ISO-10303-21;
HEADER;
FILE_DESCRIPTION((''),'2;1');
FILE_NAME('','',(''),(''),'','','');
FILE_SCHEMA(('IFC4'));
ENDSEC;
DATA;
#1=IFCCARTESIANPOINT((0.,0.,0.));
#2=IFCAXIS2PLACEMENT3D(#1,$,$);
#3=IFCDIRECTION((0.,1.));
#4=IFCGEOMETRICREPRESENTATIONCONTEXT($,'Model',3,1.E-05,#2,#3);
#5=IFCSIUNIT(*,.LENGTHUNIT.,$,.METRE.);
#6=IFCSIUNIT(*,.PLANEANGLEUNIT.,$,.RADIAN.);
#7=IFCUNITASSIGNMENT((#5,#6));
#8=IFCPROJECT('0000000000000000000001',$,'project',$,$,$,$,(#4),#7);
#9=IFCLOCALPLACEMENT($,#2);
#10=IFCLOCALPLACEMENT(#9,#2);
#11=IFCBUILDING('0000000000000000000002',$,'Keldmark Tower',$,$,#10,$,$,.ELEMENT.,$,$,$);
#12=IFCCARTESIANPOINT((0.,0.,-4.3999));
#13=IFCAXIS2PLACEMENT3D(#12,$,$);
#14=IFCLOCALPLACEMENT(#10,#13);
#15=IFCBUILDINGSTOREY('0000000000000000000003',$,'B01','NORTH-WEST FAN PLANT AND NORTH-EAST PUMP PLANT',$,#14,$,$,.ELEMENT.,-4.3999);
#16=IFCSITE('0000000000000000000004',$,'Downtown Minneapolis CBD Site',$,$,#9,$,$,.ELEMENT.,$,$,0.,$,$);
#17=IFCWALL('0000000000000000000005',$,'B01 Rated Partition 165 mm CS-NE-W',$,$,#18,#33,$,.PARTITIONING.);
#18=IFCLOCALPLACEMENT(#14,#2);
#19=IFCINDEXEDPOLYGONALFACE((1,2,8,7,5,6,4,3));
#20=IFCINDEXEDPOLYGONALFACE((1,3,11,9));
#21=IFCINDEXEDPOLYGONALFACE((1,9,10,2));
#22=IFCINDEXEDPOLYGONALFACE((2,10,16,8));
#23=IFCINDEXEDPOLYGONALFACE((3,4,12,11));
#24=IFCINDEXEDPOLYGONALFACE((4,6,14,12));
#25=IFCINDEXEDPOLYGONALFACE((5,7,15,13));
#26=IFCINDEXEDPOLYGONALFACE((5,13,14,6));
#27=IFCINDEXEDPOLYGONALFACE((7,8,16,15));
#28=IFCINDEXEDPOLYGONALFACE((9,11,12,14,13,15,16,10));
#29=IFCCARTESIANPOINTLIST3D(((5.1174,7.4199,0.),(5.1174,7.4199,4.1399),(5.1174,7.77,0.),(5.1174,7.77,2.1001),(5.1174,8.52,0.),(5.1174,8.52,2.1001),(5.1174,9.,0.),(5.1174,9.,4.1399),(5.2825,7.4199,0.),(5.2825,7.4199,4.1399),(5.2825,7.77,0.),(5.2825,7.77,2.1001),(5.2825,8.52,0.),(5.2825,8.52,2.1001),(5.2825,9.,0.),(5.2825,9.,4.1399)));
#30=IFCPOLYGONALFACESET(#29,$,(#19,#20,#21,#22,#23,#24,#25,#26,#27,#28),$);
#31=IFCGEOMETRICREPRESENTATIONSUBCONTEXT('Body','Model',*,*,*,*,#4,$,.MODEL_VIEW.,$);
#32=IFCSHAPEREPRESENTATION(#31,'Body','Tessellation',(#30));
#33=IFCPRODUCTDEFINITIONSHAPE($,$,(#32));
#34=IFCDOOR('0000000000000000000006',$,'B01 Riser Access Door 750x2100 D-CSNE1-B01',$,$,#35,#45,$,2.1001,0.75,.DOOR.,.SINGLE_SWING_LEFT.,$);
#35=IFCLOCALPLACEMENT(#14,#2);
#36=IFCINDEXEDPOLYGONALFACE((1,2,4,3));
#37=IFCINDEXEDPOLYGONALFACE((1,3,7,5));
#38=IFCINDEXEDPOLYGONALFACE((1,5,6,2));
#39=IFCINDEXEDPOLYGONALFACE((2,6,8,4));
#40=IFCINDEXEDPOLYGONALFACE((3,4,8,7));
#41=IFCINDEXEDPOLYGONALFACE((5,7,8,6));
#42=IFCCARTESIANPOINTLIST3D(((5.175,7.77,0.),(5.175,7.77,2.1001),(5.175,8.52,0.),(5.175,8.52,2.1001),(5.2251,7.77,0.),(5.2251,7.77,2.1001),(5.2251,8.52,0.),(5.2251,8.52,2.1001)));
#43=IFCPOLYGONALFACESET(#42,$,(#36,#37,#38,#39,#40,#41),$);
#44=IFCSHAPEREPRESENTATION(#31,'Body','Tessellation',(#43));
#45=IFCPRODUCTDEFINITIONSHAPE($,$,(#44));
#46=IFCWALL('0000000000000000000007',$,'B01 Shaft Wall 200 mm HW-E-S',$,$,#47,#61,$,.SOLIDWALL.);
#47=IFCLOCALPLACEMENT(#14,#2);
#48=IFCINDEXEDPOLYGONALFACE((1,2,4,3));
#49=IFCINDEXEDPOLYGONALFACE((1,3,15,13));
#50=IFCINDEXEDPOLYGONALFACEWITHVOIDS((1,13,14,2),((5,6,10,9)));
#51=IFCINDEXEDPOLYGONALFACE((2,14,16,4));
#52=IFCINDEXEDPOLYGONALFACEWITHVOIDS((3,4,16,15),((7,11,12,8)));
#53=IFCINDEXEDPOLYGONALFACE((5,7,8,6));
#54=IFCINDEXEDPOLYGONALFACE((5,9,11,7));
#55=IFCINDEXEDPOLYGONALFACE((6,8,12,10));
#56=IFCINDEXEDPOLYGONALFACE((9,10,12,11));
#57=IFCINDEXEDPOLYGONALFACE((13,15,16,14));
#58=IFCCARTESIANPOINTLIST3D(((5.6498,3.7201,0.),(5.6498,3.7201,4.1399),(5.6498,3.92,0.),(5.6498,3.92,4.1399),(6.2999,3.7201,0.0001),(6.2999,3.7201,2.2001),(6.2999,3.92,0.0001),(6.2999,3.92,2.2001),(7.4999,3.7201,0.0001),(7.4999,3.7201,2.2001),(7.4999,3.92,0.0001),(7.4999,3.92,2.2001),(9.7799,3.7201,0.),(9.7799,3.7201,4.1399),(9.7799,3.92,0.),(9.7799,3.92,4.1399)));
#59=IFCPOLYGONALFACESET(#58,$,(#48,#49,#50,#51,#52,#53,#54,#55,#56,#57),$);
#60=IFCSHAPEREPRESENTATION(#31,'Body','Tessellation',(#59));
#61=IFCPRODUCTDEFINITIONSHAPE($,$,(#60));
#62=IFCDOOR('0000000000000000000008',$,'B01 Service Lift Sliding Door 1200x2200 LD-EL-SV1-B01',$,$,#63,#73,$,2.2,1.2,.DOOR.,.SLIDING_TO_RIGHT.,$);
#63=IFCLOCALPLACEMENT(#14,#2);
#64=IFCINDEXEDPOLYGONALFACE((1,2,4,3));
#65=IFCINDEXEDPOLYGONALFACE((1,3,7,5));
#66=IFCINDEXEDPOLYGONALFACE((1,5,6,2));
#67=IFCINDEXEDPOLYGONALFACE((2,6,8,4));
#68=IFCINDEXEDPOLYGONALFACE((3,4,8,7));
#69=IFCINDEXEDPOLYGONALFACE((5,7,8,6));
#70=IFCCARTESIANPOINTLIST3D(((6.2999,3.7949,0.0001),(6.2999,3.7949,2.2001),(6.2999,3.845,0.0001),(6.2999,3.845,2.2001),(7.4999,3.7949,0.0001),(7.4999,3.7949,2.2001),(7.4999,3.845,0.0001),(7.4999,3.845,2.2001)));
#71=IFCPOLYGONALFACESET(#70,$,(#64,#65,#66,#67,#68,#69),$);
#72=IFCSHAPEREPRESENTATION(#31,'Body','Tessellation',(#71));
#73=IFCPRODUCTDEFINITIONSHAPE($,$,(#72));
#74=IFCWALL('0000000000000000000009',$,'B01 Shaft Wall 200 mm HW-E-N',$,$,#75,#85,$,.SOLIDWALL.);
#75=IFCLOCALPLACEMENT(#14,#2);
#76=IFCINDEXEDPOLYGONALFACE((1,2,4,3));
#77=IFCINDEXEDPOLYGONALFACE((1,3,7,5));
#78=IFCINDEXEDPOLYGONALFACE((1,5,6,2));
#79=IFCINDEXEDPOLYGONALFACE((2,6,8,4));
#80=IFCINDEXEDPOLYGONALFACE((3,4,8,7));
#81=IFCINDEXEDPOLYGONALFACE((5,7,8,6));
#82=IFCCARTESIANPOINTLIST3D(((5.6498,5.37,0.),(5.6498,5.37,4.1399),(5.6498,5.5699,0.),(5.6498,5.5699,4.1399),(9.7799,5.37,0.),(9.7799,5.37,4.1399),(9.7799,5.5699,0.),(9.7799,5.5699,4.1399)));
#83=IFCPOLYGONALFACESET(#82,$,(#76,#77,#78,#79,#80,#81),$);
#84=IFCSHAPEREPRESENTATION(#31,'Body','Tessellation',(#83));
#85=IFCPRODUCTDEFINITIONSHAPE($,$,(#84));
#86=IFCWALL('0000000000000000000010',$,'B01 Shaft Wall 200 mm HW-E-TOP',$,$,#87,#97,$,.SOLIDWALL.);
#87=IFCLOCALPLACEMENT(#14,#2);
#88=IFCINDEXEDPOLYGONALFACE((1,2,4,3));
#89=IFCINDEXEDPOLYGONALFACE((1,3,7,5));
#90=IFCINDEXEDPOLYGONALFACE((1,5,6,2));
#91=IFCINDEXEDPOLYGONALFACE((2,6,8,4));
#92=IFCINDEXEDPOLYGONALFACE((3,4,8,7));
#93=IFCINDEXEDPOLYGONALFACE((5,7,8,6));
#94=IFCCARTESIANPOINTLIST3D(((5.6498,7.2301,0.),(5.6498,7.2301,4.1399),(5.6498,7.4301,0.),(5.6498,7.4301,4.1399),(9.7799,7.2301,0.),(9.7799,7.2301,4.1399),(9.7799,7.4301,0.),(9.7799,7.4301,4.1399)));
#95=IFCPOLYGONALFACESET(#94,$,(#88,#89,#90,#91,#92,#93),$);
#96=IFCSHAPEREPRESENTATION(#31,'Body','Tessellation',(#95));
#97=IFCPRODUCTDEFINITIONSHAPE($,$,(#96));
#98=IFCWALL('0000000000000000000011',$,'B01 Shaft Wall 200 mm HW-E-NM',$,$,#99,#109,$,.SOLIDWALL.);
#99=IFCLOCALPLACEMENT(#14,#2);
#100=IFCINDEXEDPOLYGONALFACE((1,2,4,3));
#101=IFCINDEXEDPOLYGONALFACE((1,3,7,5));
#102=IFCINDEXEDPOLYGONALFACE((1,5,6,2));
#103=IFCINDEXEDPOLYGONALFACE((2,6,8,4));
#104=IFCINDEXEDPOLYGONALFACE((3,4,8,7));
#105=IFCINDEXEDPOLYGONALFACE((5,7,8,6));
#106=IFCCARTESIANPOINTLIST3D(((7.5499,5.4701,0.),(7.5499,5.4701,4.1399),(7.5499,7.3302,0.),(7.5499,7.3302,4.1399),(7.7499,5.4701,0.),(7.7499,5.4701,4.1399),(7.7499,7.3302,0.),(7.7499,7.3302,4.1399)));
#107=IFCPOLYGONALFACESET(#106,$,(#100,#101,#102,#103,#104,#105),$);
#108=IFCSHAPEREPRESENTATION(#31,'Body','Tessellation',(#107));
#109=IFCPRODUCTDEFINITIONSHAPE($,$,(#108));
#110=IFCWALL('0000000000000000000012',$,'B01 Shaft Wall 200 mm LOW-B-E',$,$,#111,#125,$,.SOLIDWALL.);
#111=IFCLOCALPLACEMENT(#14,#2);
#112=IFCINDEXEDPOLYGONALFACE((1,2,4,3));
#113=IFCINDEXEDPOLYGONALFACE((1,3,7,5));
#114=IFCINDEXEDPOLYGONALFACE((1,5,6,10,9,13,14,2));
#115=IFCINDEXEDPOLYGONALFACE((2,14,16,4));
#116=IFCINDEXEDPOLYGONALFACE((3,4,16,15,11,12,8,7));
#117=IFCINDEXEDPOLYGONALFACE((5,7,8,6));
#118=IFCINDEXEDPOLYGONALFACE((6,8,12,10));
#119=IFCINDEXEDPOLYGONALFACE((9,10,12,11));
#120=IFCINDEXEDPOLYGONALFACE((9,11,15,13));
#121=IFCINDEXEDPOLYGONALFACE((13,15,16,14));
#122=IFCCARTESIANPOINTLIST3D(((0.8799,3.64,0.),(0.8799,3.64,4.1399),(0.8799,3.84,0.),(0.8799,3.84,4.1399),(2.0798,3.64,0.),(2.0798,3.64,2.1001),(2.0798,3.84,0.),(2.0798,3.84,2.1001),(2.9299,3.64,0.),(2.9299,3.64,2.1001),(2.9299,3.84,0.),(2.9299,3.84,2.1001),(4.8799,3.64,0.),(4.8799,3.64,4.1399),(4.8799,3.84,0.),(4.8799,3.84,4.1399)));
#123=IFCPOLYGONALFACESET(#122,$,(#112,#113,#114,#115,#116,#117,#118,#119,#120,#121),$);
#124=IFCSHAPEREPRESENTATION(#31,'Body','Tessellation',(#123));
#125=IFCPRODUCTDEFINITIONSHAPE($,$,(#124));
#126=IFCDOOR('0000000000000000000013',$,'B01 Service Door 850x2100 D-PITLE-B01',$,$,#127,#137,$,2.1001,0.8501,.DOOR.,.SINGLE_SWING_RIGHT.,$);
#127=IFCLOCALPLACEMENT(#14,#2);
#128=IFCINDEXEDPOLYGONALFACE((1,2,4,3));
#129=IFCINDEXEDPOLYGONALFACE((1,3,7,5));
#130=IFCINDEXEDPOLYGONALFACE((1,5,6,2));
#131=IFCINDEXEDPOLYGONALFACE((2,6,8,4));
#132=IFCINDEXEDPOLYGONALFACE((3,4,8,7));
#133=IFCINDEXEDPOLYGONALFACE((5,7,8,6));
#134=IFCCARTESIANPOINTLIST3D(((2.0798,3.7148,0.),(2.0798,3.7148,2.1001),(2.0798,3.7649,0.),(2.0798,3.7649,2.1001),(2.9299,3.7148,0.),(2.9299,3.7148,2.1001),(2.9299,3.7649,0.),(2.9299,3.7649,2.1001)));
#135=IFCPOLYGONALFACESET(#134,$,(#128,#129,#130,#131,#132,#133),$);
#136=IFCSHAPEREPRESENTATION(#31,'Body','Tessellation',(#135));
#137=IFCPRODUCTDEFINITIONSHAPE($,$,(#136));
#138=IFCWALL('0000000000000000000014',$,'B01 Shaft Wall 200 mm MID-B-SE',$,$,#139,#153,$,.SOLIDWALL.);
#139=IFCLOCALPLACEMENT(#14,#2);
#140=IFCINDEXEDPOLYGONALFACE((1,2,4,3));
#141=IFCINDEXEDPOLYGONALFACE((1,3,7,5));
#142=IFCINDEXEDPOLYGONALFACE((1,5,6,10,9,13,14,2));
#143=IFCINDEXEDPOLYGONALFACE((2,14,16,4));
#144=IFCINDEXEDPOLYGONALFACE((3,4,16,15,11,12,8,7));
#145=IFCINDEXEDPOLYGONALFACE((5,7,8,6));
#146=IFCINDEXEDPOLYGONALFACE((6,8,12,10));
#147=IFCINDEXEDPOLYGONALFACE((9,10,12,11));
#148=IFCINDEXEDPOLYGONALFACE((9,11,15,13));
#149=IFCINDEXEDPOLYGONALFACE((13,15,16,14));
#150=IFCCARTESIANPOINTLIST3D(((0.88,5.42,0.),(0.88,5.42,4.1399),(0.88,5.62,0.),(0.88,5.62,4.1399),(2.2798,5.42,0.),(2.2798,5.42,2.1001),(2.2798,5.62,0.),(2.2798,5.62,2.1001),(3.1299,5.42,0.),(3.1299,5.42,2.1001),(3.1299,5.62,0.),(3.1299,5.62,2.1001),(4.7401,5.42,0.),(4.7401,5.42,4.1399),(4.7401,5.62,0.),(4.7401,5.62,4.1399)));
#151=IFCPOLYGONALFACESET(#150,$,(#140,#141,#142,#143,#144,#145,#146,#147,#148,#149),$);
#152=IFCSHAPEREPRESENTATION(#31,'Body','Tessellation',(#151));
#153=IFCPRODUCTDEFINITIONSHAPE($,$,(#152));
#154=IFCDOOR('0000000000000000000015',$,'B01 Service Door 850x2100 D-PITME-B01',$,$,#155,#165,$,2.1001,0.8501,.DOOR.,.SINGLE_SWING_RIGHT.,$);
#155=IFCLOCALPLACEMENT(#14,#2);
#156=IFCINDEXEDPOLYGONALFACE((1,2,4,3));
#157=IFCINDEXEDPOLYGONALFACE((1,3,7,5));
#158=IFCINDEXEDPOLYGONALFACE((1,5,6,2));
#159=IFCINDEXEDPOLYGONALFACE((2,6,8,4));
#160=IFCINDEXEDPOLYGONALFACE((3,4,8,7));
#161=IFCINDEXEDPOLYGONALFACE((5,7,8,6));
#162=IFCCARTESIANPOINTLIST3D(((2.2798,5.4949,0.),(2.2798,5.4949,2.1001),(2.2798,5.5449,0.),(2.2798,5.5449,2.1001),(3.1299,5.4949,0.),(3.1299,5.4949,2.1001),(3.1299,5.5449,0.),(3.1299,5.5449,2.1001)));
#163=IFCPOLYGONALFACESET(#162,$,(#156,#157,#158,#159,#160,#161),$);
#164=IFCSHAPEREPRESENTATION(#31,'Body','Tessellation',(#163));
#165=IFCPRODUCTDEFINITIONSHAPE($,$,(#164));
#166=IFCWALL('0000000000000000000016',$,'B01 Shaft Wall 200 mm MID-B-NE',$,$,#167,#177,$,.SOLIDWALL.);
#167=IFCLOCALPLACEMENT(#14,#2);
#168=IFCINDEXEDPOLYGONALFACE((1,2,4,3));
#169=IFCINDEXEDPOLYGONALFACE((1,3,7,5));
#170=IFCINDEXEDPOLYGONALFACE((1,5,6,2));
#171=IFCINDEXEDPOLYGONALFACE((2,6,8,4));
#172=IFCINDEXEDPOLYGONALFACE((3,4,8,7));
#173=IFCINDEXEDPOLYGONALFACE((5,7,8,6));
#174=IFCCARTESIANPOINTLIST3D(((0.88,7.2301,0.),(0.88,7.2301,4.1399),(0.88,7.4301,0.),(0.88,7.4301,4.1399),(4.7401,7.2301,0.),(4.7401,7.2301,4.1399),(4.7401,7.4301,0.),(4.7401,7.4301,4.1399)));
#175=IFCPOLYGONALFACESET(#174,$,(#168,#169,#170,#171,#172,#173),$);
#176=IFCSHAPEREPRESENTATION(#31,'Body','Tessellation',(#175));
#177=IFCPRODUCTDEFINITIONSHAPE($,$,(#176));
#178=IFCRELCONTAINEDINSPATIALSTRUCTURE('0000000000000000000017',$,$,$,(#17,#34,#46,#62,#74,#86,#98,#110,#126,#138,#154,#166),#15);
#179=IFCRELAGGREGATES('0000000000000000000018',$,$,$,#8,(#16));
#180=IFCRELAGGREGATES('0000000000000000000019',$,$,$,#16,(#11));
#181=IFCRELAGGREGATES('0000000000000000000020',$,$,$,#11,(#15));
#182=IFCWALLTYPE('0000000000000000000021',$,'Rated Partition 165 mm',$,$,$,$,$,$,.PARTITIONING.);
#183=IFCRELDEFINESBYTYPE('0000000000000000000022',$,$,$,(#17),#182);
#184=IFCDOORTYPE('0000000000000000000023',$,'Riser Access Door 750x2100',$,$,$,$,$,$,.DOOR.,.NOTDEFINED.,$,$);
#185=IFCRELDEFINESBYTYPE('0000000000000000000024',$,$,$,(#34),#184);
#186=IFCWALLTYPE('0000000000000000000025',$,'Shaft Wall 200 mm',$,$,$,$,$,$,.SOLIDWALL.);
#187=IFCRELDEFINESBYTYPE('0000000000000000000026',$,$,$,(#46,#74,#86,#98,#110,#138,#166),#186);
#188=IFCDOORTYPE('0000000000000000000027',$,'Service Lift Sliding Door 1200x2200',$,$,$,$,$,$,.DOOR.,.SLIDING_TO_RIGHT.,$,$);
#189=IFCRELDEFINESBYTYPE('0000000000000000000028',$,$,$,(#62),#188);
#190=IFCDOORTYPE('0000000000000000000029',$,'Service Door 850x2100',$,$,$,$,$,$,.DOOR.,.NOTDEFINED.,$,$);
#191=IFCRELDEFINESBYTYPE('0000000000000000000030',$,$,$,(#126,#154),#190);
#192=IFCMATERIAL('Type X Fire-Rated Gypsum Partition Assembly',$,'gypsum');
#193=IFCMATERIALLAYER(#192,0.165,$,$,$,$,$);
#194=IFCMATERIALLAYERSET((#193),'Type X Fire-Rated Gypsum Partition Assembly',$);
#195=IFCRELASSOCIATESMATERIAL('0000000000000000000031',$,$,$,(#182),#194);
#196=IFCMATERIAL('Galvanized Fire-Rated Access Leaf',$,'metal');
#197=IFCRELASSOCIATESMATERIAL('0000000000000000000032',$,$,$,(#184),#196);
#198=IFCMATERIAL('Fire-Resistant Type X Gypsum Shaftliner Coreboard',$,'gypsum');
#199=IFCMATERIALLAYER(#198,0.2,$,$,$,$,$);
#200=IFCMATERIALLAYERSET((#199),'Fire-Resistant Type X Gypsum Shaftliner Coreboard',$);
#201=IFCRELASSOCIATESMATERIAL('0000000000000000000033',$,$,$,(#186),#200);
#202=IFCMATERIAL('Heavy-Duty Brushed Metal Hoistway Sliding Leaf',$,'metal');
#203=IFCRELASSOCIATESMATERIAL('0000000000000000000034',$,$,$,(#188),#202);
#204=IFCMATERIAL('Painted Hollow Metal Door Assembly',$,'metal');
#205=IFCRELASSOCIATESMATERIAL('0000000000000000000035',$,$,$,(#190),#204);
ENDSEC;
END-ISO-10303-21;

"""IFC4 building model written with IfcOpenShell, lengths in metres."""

from ifc_helpers import new_model, si_unit, direction, frame, frame_2d, origin, place, context, subcontext, project, spatial, rectangle, extrude, material, layer, layer_set, type_object, element, fill, save


model = new_model("IFC4")

# Units and contexts
model_context = context("Model", 3, precision=1e-05, world=origin(), true_north=direction((0.0, 1.0)))
body_context = subcontext(model_context, "Body", "Model", "MODEL_VIEW")
ifc_project = project(units=[si_unit("LENGTHUNIT", "METRE"), si_unit("PLANEANGLEUNIT", "RADIAN")], contexts=[model_context])

# Site, building, storey
site_placement = place(None, origin())
site = spatial("IfcSite", under=ifc_project, at=site_placement, Name="Downtown Minneapolis CBD Site", CompositionType="ELEMENT", RefElevation=0.0)
building_placement = place(site_placement, origin())
building = spatial("IfcBuilding", under=site, at=building_placement, Name="Keldmark Tower", CompositionType="ELEMENT")
storey_placement = place(building_placement, frame((0.0, 0.0, -4.3999)))
storey = spatial("IfcBuildingStorey", under=building, at=storey_placement, Name="B01", Description="NORTH-WEST FAN PLANT AND NORTH-EAST PUMP PLANT", CompositionType="ELEMENT", Elevation=-4.3999)

# Walls, openings, doors
ifc_material_1 = material(Name="Type X Fire-Rated Gypsum Partition Assembly", Category="gypsum")
ifc_layer_1 = layer(ifc_material_1, 0.165)
ifc_layer_set_1 = layer_set([ifc_layer_1], Name="Type X Fire-Rated Gypsum Partition Assembly")
wall_type_1 = type_object("IfcWallType", Name="Rated Partition 165 mm", PredefinedType="PARTITIONING", material=ifc_layer_set_1)
wall_1_placement = place(storey_placement, frame((5.2, 7.4199, 0.0), z_axis=(0.0, 0.0, 1.0), x_axis=(0.0, 1.0, 0.0)))
wall_1 = element("IfcWall", 1, at=wall_1_placement, inside=storey, type_object=wall_type_1, Name="B01 Rated Partition 165 mm CS-NE-W", PredefinedType="PARTITIONING", context=body_context, shape_type="SweptSolid", body=[
    extrude(rectangle(XDim=1.5801, YDim=0.165, at=frame_2d((0.79, 0.0))), origin(), (0.0, 0.0, 1.0), 4.1399),
])
opening_1_placement = place(wall_1_placement, frame((0.3501, 0.0, 0.0)))
opening_1 = element("IfcOpeningElement", 2, at=opening_1_placement, cuts=wall_1, PredefinedType="OPENING", context=body_context, shape_type="SweptSolid", body=[
    extrude(rectangle(XDim=0.75, YDim=2.1001, at=frame_2d((0.375, 1.05))), frame((0.0, 0.0925, 0.0), z_axis=(0.0, -1.0, 0.0), x_axis=(1.0, 0.0, 0.0)), (0.0, 0.0, 1.0), 0.1851),
])
ifc_material_2 = material(Name="Galvanized Fire-Rated Access Leaf", Category="metal")
door_type_1 = type_object("IfcDoorType", Name="Riser Access Door 750x2100", OperationType="NOTDEFINED", PredefinedType="DOOR", material=ifc_material_2)
door_1_placement = place(opening_1_placement, origin())
door_1 = element("IfcDoor", 3, at=door_1_placement, inside=storey, type_object=door_type_1, Name="B01 Riser Access Door 750x2100 D-CSNE1-B01", OperationType="SINGLE_SWING_LEFT", OverallHeight=2.1001, OverallWidth=0.75, PredefinedType="DOOR", context=body_context, shape_type="SweptSolid", body=[
    extrude(rectangle(XDim=0.75, YDim=2.1001, at=frame_2d((0.375, 1.05))), frame((0.0, 0.0249, 0.0), z_axis=(0.0, -1.0, 0.0), x_axis=(1.0, 0.0, 0.0)), (0.0, 0.0, 1.0), 0.05),
])
fill(opening_1, door_1)
ifc_material_3 = material(Name="Fire-Resistant Type X Gypsum Shaftliner Coreboard", Category="gypsum")
ifc_layer_2 = layer(ifc_material_3, 0.2)
ifc_layer_set_2 = layer_set([ifc_layer_2], Name="Fire-Resistant Type X Gypsum Shaftliner Coreboard")
wall_type_2 = type_object("IfcWallType", Name="Shaft Wall 200 mm", PredefinedType="SOLIDWALL", material=ifc_layer_set_2)
wall_2_placement = place(storey_placement, frame((5.6499, 3.8201, 0.0), z_axis=(0.0, 0.0, 1.0), x_axis=(1.0, 0.0, 0.0)))
wall_2 = element("IfcWall", 4, at=wall_2_placement, inside=storey, type_object=wall_type_2, Name="B01 Shaft Wall 200 mm HW-E-S", PredefinedType="SOLIDWALL", context=body_context, shape_type="SweptSolid", body=[
    extrude(rectangle(XDim=4.1301, YDim=0.2, at=frame_2d((2.0649, 0.0))), origin(), (0.0, 0.0, 1.0), 4.1399),
])
opening_2_placement = place(wall_2_placement, frame((0.6499, 0.0, 0.0)))
opening_2 = element("IfcOpeningElement", 5, at=opening_2_placement, cuts=wall_2, PredefinedType="OPENING", context=body_context, shape_type="SweptSolid", body=[
    extrude(rectangle(XDim=1.2, YDim=2.2, at=frame_2d((0.6001, 1.1001))), frame((0.0, 0.1099, 0.0), z_axis=(0.0, -1.0, 0.0), x_axis=(1.0, 0.0, 0.0)), (0.0, 0.0, 1.0), 0.22),
])
ifc_material_4 = material(Name="Heavy-Duty Brushed Metal Hoistway Sliding Leaf", Category="metal")
door_type_2 = type_object("IfcDoorType", Name="Service Lift Sliding Door 1200x2200", OperationType="SLIDING_TO_RIGHT", PredefinedType="DOOR", material=ifc_material_4)
door_2_placement = place(opening_2_placement, origin())
door_2 = element("IfcDoor", 6, at=door_2_placement, inside=storey, type_object=door_type_2, Name="B01 Service Lift Sliding Door 1200x2200 LD-EL-SV1-B01", OperationType="SLIDING_TO_RIGHT", OverallHeight=2.2, OverallWidth=1.2, PredefinedType="DOOR", context=body_context, shape_type="SweptSolid", body=[
    extrude(rectangle(XDim=1.2, YDim=2.2, at=frame_2d((0.6001, 1.1001))), frame((0.0, 0.0249, 0.0), z_axis=(0.0, -1.0, 0.0), x_axis=(1.0, 0.0, 0.0)), (0.0, 0.0, 1.0), 0.05),
])
fill(opening_2, door_2)

# Walls
for number, where, z_axis, x_axis, name in (
    (7, (5.6499, 5.47, 0.0), (0.0, 0.0, 1.0), (1.0, 0.0, 0.0), "B01 Shaft Wall 200 mm HW-E-N"),
    (8, (5.6499, 7.3301, 0.0), (0.0, 0.0, 1.0), (1.0, 0.0, 0.0), "B01 Shaft Wall 200 mm HW-E-TOP"),
):
    element("IfcWall", number, at=place(storey_placement, frame(where, z_axis=z_axis, x_axis=x_axis)), inside=storey, type_object=wall_type_2, Name=name, PredefinedType="SOLIDWALL", context=body_context, shape_type="SweptSolid", body=[
        extrude(rectangle(XDim=4.1301, YDim=0.2, at=frame_2d((2.0649, 0.0))), origin(), (0.0, 0.0, 1.0), 4.1399),
    ])
wall_3_placement = place(storey_placement, frame((7.6499, 5.47, 0.0), z_axis=(0.0, 0.0, 1.0), x_axis=(0.0, 1.0, 0.0)))
element("IfcWall", 9, at=wall_3_placement, inside=storey, type_object=wall_type_2, Name="B01 Shaft Wall 200 mm HW-E-NM", PredefinedType="SOLIDWALL", context=body_context, shape_type="SweptSolid", body=[
    extrude(rectangle(XDim=1.8601, YDim=0.2, at=frame_2d((0.9302, 0.0))), origin(), (0.0, 0.0, 1.0), 4.1399),
])

# Walls, openings, doors
wall_4_placement = place(storey_placement, frame((0.8799, 3.74, 0.0), z_axis=(0.0, 0.0, 1.0), x_axis=(1.0, 0.0, 0.0)))
wall_4 = element("IfcWall", 10, at=wall_4_placement, inside=storey, type_object=wall_type_2, Name="B01 Shaft Wall 200 mm LOW-B-E", PredefinedType="SOLIDWALL", context=body_context, shape_type="SweptSolid", body=[
    extrude(rectangle(XDim=4.0, YDim=0.2, at=frame_2d((2.0, 0.0))), origin(), (0.0, 0.0, 1.0), 4.1399),
])
opening_3_placement = place(wall_4_placement, frame((1.2, 0.0, 0.0)))
opening_3 = element("IfcOpeningElement", 11, at=opening_3_placement, cuts=wall_4, PredefinedType="OPENING", context=body_context, shape_type="SweptSolid", body=[
    extrude(rectangle(XDim=0.8501, YDim=2.1001, at=frame_2d((0.425, 1.05))), frame((0.0, 0.1099, 0.0), z_axis=(0.0, -1.0, 0.0), x_axis=(1.0, 0.0, 0.0)), (0.0, 0.0, 1.0), 0.22),
])
ifc_material_5 = material(Name="Painted Hollow Metal Door Assembly", Category="metal")
door_type_3 = type_object("IfcDoorType", Name="Service Door 850x2100", OperationType="NOTDEFINED", PredefinedType="DOOR", material=ifc_material_5)
door_3_placement = place(opening_3_placement, origin())
door_3 = element("IfcDoor", 12, at=door_3_placement, inside=storey, type_object=door_type_3, Name="B01 Service Door 850x2100 D-PITLE-B01", OperationType="SINGLE_SWING_RIGHT", OverallHeight=2.1001, OverallWidth=0.8501, PredefinedType="DOOR", context=body_context, shape_type="SweptSolid", body=[
    extrude(rectangle(XDim=0.8501, YDim=2.1001, at=frame_2d((0.425, 1.05))), frame((0.0, 0.0249, 0.0), z_axis=(0.0, -1.0, 0.0), x_axis=(1.0, 0.0, 0.0)), (0.0, 0.0, 1.0), 0.05),
])
fill(opening_3, door_3)
wall_5_placement = place(storey_placement, frame((0.8799, 5.52, 0.0), z_axis=(0.0, 0.0, 1.0), x_axis=(1.0, 0.0, 0.0)))
wall_5 = element("IfcWall", 13, at=wall_5_placement, inside=storey, type_object=wall_type_2, Name="B01 Shaft Wall 200 mm MID-B-SE", PredefinedType="SOLIDWALL", context=body_context, shape_type="SweptSolid", body=[
    extrude(rectangle(XDim=3.8601, YDim=0.2, at=frame_2d((1.9302, 0.0))), origin(), (0.0, 0.0, 1.0), 4.1399),
])
opening_4_placement = place(wall_5_placement, frame((1.3999, 0.0, 0.0)))
opening_4 = element("IfcOpeningElement", 14, at=opening_4_placement, cuts=wall_5, PredefinedType="OPENING", context=body_context, shape_type="SweptSolid", body=[
    extrude(rectangle(XDim=0.8501, YDim=2.1001, at=frame_2d((0.425, 1.05))), frame((0.0, 0.1099, 0.0), z_axis=(0.0, -1.0, 0.0), x_axis=(1.0, 0.0, 0.0)), (0.0, 0.0, 1.0), 0.22),
])
door_4_placement = place(opening_4_placement, origin())
door_4 = element("IfcDoor", 15, at=door_4_placement, inside=storey, type_object=door_type_3, Name="B01 Service Door 850x2100 D-PITME-B01", OperationType="SINGLE_SWING_RIGHT", OverallHeight=2.1001, OverallWidth=0.8501, PredefinedType="DOOR", context=body_context, shape_type="SweptSolid", body=[
    extrude(rectangle(XDim=0.8501, YDim=2.1001, at=frame_2d((0.425, 1.05))), frame((0.0, 0.0249, 0.0), z_axis=(0.0, -1.0, 0.0), x_axis=(1.0, 0.0, 0.0)), (0.0, 0.0, 1.0), 0.05),
])
fill(opening_4, door_4)

# Wall
wall_6_placement = place(storey_placement, frame((0.8799, 7.3301, 0.0), z_axis=(0.0, 0.0, 1.0), x_axis=(1.0, 0.0, 0.0)))
element("IfcWall", 16, at=wall_6_placement, inside=storey, type_object=wall_type_2, Name="B01 Shaft Wall 200 mm MID-B-NE", PredefinedType="SOLIDWALL", context=body_context, shape_type="SweptSolid", body=[
    extrude(rectangle(XDim=3.8601, YDim=0.2, at=frame_2d((1.9302, 0.0))), origin(), (0.0, 0.0, 1.0), 4.1399),
])

save(model, "model.ifc")
